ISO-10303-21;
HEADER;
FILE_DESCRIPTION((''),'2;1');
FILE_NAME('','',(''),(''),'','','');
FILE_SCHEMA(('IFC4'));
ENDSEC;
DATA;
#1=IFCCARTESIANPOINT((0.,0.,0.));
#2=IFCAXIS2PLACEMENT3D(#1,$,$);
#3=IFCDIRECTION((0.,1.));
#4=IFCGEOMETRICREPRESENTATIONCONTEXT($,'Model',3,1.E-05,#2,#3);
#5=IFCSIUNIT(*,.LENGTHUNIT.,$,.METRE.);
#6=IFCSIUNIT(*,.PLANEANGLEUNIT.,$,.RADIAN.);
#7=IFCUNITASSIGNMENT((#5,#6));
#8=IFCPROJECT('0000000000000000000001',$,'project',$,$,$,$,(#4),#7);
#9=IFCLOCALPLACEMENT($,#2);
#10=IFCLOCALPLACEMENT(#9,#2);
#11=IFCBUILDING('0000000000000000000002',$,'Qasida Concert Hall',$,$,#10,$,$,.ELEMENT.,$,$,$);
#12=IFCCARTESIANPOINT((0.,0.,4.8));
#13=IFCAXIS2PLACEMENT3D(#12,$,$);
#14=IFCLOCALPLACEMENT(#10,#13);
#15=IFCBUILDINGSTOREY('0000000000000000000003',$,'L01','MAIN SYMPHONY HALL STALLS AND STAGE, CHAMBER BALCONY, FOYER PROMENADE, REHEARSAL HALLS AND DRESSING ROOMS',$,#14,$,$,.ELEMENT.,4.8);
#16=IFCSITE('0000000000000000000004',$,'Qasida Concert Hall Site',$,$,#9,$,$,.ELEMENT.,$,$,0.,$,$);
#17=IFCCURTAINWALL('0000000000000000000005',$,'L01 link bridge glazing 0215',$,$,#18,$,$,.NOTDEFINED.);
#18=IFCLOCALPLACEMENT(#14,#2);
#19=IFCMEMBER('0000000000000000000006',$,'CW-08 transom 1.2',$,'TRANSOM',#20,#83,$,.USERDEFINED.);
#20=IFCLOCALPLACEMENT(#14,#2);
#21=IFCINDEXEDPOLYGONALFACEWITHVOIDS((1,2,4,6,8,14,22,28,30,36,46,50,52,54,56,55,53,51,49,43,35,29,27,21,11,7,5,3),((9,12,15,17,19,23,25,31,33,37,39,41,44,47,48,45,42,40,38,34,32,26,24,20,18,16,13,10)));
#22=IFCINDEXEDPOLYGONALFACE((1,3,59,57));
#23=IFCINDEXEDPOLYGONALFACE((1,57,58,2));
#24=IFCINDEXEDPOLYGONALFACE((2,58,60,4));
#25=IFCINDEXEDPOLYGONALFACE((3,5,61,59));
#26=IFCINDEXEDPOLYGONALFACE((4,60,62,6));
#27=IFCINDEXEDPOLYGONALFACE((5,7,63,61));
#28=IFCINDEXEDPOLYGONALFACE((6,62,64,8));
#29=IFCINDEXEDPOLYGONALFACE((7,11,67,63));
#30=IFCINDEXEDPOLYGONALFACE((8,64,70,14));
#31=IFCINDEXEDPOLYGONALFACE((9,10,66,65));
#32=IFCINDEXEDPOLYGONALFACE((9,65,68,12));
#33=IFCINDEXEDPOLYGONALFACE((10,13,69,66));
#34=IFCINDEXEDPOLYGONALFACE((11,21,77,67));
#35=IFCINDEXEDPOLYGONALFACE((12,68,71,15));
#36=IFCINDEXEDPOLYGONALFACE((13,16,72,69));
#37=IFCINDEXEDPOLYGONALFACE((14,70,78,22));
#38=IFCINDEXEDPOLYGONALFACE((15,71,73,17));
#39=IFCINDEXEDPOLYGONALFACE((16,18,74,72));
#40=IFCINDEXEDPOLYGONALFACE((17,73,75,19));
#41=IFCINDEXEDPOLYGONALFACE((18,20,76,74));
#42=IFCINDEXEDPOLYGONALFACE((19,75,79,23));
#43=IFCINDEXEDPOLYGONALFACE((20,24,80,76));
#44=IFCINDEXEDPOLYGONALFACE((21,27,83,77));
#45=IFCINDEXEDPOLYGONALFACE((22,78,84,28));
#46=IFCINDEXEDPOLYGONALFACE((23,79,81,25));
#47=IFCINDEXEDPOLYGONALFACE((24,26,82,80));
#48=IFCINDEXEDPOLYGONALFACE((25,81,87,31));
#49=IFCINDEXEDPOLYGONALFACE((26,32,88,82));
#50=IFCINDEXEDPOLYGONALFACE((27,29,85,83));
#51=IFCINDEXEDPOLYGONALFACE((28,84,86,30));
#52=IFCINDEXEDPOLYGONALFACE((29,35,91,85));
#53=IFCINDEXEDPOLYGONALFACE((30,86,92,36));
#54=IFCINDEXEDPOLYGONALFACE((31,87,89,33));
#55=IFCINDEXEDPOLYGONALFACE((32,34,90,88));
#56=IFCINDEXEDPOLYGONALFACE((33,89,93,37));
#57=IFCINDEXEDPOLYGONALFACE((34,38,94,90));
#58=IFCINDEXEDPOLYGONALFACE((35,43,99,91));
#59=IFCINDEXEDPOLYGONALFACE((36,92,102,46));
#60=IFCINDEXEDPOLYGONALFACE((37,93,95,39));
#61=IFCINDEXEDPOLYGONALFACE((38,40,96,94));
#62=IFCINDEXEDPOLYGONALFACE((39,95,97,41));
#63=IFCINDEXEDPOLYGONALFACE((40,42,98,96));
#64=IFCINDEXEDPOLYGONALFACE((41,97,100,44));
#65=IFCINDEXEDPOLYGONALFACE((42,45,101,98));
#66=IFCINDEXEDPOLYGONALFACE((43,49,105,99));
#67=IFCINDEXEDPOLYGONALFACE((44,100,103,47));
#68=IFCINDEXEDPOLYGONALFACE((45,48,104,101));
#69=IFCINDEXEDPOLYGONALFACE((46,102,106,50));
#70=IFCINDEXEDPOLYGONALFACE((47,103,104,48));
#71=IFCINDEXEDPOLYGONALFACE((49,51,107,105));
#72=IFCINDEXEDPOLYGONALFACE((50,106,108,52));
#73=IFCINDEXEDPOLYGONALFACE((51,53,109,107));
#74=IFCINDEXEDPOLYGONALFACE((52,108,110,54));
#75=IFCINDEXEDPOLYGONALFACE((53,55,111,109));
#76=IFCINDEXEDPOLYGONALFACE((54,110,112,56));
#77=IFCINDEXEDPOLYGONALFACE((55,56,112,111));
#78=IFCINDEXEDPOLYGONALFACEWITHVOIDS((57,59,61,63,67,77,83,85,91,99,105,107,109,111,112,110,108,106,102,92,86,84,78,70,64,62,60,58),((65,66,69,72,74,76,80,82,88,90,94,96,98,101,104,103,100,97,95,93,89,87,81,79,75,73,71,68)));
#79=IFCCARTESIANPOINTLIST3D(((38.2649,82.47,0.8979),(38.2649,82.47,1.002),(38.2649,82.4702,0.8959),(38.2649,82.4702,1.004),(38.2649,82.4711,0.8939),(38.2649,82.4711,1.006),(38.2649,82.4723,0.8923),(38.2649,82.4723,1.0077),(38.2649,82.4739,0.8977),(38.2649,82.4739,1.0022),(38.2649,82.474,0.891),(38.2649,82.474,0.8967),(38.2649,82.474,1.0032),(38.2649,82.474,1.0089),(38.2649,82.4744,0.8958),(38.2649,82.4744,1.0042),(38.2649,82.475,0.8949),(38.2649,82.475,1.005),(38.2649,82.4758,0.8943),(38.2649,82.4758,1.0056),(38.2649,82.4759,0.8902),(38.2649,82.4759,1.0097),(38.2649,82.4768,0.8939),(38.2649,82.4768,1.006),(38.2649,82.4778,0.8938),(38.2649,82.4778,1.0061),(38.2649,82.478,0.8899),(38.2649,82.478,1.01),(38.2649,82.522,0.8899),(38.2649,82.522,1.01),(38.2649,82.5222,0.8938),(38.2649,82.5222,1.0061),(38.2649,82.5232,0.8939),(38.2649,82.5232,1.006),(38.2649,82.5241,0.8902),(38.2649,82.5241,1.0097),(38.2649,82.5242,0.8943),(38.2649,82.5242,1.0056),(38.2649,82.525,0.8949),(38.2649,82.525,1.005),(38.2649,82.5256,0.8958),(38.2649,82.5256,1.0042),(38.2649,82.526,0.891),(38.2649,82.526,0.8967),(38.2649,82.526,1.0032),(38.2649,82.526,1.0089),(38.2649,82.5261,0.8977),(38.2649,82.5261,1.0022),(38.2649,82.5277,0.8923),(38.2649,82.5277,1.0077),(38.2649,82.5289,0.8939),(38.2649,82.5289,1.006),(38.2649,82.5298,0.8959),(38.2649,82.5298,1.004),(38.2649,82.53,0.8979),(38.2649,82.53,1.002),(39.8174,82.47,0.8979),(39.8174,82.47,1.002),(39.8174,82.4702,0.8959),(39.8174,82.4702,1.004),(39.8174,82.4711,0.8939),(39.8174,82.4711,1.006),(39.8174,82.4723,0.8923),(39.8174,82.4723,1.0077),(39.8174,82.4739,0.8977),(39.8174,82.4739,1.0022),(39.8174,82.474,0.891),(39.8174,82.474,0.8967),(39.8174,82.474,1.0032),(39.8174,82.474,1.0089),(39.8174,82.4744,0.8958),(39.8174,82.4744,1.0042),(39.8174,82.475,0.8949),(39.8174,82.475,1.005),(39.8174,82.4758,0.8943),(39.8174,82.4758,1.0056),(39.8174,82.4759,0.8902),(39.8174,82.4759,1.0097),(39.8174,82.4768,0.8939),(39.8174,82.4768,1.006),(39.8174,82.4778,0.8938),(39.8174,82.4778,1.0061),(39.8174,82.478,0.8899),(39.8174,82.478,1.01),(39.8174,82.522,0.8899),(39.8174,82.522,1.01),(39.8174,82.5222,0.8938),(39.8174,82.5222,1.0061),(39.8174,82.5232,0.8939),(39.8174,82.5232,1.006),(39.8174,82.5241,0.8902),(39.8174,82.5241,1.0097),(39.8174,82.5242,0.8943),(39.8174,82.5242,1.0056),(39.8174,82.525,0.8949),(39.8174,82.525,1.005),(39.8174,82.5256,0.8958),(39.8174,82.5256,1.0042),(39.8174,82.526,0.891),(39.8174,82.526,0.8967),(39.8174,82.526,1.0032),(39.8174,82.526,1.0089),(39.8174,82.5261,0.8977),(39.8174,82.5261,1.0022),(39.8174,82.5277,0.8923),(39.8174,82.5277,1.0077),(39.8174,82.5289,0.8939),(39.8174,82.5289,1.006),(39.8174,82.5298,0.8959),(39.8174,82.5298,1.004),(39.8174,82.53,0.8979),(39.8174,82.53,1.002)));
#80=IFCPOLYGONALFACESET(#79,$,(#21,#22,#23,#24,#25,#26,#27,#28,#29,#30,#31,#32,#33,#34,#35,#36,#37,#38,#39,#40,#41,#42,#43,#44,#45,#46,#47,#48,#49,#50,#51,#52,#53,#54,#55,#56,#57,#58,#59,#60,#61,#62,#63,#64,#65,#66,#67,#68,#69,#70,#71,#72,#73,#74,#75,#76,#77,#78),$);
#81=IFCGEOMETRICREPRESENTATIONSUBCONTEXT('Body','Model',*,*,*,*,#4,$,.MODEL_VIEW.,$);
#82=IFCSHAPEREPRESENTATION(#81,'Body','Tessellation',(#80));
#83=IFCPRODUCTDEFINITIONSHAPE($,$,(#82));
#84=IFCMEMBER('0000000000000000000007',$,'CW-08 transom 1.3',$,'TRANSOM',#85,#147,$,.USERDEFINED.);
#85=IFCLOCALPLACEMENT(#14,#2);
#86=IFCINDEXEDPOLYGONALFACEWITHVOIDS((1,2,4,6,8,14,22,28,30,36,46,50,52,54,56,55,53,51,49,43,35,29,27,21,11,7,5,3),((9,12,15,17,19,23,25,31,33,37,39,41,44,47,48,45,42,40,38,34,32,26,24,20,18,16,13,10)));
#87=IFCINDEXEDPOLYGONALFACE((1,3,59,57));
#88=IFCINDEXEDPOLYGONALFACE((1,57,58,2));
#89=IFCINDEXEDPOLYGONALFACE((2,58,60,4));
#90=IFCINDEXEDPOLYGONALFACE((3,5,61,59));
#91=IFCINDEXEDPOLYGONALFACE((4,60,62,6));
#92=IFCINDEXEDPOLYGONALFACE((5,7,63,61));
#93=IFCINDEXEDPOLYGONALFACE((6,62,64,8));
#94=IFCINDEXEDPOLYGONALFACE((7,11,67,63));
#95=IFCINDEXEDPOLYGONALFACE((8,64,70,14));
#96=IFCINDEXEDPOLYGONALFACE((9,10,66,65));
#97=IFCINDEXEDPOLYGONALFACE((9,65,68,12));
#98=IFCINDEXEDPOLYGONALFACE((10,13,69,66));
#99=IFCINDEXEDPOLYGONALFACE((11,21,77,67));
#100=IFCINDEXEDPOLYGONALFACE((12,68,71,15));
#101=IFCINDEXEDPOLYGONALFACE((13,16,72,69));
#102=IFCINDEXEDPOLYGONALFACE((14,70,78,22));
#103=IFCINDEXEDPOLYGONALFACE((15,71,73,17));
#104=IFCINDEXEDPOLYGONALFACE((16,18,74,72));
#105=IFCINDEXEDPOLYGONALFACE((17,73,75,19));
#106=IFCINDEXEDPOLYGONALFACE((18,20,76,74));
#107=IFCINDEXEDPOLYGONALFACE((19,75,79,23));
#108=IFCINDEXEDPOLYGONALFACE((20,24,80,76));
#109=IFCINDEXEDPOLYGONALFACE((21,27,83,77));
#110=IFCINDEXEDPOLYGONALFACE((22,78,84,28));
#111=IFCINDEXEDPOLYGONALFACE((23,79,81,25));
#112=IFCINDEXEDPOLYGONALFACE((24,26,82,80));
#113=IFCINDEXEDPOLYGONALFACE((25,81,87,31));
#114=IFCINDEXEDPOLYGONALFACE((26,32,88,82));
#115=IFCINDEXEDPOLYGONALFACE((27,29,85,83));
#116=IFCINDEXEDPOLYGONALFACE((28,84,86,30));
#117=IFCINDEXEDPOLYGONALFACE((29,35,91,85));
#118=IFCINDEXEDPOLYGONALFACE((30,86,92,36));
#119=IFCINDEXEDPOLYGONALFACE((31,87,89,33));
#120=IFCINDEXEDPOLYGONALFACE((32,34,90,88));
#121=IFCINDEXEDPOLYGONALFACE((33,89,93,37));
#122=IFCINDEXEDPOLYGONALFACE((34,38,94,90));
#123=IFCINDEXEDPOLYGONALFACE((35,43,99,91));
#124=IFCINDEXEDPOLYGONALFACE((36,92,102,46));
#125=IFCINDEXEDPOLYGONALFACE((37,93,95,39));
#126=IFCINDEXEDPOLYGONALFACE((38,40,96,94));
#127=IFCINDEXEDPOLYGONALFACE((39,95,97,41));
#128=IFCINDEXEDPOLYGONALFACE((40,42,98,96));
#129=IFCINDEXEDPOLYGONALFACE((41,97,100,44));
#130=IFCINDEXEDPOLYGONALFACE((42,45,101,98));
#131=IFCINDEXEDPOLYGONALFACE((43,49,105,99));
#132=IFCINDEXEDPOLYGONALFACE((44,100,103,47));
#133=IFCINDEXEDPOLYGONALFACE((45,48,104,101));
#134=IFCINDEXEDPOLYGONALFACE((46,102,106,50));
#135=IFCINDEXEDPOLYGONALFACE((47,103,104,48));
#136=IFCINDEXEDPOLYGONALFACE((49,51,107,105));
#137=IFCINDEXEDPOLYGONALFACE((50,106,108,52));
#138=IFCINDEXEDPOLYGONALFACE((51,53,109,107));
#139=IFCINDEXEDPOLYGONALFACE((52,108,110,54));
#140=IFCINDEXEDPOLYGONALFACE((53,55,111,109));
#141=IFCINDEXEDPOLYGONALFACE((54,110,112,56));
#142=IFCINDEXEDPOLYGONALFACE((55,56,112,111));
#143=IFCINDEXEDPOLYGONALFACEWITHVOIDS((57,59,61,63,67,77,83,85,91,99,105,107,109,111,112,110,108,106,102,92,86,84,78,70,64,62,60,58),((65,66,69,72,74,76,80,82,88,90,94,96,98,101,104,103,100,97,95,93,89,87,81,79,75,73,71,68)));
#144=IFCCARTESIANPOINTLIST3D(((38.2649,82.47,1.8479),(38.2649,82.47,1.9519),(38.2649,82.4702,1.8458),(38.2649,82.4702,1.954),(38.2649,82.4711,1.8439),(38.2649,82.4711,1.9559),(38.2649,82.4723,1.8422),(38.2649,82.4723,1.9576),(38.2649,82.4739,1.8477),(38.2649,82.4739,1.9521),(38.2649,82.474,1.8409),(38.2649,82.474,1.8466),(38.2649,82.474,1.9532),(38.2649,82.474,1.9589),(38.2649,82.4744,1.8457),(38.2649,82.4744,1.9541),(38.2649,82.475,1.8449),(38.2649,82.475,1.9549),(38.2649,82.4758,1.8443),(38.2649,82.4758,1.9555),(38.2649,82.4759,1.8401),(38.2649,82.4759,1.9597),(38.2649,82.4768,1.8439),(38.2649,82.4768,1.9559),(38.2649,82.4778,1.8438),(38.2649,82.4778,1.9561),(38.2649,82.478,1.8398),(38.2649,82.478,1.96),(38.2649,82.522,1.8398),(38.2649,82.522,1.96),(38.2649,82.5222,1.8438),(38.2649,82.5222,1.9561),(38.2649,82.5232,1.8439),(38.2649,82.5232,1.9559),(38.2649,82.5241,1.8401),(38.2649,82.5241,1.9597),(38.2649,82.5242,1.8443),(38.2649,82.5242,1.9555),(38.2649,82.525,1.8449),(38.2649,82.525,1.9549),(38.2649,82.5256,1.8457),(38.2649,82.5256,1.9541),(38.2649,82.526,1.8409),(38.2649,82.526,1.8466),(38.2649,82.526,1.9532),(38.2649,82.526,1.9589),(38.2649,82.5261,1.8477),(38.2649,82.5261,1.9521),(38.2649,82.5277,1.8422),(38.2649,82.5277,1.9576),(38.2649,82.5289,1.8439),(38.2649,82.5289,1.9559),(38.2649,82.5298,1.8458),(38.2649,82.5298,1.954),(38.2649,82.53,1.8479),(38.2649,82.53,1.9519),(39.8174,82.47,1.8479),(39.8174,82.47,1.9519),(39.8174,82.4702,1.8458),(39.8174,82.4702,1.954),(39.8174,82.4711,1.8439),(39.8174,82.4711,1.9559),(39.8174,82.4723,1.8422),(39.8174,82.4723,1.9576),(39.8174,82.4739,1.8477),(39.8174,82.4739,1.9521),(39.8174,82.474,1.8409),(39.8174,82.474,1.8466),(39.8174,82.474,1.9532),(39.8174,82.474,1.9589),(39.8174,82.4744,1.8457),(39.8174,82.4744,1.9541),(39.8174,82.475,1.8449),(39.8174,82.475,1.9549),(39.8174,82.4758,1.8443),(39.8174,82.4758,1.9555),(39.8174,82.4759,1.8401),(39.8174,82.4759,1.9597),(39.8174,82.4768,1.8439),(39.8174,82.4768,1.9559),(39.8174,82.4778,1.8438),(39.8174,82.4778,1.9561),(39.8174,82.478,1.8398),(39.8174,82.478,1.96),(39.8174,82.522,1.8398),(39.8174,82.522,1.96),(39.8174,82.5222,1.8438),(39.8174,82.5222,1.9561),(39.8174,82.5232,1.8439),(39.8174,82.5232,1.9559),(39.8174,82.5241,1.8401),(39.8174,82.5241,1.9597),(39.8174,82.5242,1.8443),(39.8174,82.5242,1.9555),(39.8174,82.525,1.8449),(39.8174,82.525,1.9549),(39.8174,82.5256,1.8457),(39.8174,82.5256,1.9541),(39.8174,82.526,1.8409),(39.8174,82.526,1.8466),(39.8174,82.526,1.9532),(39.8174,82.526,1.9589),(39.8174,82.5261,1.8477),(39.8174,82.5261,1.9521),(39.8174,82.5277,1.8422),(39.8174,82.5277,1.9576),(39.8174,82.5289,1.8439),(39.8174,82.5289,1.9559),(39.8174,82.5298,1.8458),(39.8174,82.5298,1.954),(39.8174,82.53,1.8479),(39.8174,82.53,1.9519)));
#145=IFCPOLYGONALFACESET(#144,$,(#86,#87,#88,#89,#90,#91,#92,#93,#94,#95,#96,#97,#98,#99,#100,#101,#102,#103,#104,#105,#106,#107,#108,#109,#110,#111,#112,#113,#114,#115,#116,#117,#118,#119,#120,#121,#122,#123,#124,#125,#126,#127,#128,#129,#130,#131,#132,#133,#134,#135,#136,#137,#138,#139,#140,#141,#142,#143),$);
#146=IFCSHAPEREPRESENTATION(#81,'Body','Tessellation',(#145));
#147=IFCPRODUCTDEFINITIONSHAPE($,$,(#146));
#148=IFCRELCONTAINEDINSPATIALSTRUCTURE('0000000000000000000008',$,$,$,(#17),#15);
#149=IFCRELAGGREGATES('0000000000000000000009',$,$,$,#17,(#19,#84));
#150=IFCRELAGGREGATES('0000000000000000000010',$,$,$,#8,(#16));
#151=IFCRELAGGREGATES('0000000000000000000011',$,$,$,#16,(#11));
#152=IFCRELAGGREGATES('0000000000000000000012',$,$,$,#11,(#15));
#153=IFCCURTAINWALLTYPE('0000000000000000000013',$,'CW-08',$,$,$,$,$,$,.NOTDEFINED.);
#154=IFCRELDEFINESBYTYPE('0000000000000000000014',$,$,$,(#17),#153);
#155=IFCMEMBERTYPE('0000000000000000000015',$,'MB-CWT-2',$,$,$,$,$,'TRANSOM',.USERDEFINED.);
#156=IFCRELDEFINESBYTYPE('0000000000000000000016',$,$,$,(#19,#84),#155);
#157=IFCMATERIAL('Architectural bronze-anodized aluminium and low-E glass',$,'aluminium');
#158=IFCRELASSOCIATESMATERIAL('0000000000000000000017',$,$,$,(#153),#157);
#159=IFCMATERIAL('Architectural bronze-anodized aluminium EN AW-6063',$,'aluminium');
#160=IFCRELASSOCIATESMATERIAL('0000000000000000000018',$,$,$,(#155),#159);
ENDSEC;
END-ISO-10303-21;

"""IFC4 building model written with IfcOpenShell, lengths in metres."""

from ifc_helpers import new_model, si_unit, direction, frame, origin, origin_2d, place, context, subcontext, project, spatial, hollow_rectangle, extrude, material, material_profile, profile_set, type_object, element, aggregate, save


model = new_model("IFC4")

# Units and contexts
model_context = context("Model", 3, precision=1e-05, world=origin(), true_north=direction((0.0, 1.0)))
body_context = subcontext(model_context, "Body", "Model", "MODEL_VIEW")
ifc_project = project(units=[si_unit("LENGTHUNIT", "METRE"), si_unit("PLANEANGLEUNIT", "RADIAN")], contexts=[model_context])

# Site, building, storey
site_placement = place(None, origin())
site = spatial("IfcSite", under=ifc_project, at=site_placement, Name="Qasida Concert Hall Site", CompositionType="ELEMENT", RefElevation=0.0)
building_placement = place(site_placement, origin())
building = spatial("IfcBuilding", under=site, at=building_placement, Name="Qasida Concert Hall", CompositionType="ELEMENT")
storey_placement = place(building_placement, frame((0.0, 0.0, 4.8)))
storey = spatial("IfcBuildingStorey", under=building, at=storey_placement, Name="L01", Description="MAIN SYMPHONY HALL STALLS AND STAGE, CHAMBER BALCONY, FOYER PROMENADE, REHEARSAL HALLS AND DRESSING ROOMS", CompositionType="ELEMENT", Elevation=4.8)

# Curtain wall, members
ifc_material_1 = material(Name="Architectural bronze-anodized aluminium and low-E glass", Category="aluminium")
curtain_wall_type = type_object("IfcCurtainWallType", Name="CW-08", PredefinedType="NOTDEFINED", material=ifc_material_1)
curtain_wall_placement = place(storey_placement, origin())
curtain_wall = element("IfcCurtainWall", 1, at=curtain_wall_placement, inside=storey, type_object=curtain_wall_type, Name="L01 link bridge glazing 0215", PredefinedType="NOTDEFINED")
ifc_material_2 = material(Name="Architectural bronze-anodized aluminium EN AW-6063", Category="aluminium")
ifc_material_profile_1 = material_profile(ifc_material_2, hollow_rectangle(XDim=0.0601, YDim=0.1201, WallThickness=0.0039, InnerFilletRadius=0.0039, OuterFilletRadius=0.0081, at=origin_2d()), Name="CWT 120x60x4")
ifc_profile_set_1 = profile_set([ifc_material_profile_1], Name="Architectural bronze-anodized aluminium EN AW-6063")
member_type_1 = type_object("IfcMemberType", Name="MB-CWT-2", ElementType="TRANSOM", PredefinedType="USERDEFINED", material=ifc_profile_set_1)
member_1_placement = place(storey_placement, frame((38.2649, 82.5, 0.95), z_axis=(1.0, 0.0, 0.0), x_axis=(0.0, 1.0, 0.0)))
member_1 = element("IfcMember", 2, at=member_1_placement, type_object=member_type_1, Name="CW-08 transom 1.2", ObjectType="TRANSOM", PredefinedType="USERDEFINED", context=body_context, shape_type="SweptSolid", body=[
    extrude(hollow_rectangle(XDim=0.0601, YDim=0.1201, WallThickness=0.0039, InnerFilletRadius=0.0039, OuterFilletRadius=0.0081, at=origin_2d()), origin(), (0.0, 0.0, 1.0), 1.5525),
])
member_2_placement = place(storey_placement, frame((38.2649, 82.5, 1.8999), z_axis=(1.0, 0.0, 0.0), x_axis=(0.0, 1.0, 0.0)))
member_2 = element("IfcMember", 3, at=member_2_placement, type_object=member_type_1, Name="CW-08 transom 1.3", ObjectType="TRANSOM", PredefinedType="USERDEFINED", context=body_context, shape_type="SweptSolid", body=[
    extrude(hollow_rectangle(XDim=0.0601, YDim=0.1201, WallThickness=0.0039, InnerFilletRadius=0.0039, OuterFilletRadius=0.0081, at=origin_2d()), origin(), (0.0, 0.0, 1.0), 1.5525),
])
aggregate(curtain_wall, [member_1, member_2])

save(model, "model.ifc")
